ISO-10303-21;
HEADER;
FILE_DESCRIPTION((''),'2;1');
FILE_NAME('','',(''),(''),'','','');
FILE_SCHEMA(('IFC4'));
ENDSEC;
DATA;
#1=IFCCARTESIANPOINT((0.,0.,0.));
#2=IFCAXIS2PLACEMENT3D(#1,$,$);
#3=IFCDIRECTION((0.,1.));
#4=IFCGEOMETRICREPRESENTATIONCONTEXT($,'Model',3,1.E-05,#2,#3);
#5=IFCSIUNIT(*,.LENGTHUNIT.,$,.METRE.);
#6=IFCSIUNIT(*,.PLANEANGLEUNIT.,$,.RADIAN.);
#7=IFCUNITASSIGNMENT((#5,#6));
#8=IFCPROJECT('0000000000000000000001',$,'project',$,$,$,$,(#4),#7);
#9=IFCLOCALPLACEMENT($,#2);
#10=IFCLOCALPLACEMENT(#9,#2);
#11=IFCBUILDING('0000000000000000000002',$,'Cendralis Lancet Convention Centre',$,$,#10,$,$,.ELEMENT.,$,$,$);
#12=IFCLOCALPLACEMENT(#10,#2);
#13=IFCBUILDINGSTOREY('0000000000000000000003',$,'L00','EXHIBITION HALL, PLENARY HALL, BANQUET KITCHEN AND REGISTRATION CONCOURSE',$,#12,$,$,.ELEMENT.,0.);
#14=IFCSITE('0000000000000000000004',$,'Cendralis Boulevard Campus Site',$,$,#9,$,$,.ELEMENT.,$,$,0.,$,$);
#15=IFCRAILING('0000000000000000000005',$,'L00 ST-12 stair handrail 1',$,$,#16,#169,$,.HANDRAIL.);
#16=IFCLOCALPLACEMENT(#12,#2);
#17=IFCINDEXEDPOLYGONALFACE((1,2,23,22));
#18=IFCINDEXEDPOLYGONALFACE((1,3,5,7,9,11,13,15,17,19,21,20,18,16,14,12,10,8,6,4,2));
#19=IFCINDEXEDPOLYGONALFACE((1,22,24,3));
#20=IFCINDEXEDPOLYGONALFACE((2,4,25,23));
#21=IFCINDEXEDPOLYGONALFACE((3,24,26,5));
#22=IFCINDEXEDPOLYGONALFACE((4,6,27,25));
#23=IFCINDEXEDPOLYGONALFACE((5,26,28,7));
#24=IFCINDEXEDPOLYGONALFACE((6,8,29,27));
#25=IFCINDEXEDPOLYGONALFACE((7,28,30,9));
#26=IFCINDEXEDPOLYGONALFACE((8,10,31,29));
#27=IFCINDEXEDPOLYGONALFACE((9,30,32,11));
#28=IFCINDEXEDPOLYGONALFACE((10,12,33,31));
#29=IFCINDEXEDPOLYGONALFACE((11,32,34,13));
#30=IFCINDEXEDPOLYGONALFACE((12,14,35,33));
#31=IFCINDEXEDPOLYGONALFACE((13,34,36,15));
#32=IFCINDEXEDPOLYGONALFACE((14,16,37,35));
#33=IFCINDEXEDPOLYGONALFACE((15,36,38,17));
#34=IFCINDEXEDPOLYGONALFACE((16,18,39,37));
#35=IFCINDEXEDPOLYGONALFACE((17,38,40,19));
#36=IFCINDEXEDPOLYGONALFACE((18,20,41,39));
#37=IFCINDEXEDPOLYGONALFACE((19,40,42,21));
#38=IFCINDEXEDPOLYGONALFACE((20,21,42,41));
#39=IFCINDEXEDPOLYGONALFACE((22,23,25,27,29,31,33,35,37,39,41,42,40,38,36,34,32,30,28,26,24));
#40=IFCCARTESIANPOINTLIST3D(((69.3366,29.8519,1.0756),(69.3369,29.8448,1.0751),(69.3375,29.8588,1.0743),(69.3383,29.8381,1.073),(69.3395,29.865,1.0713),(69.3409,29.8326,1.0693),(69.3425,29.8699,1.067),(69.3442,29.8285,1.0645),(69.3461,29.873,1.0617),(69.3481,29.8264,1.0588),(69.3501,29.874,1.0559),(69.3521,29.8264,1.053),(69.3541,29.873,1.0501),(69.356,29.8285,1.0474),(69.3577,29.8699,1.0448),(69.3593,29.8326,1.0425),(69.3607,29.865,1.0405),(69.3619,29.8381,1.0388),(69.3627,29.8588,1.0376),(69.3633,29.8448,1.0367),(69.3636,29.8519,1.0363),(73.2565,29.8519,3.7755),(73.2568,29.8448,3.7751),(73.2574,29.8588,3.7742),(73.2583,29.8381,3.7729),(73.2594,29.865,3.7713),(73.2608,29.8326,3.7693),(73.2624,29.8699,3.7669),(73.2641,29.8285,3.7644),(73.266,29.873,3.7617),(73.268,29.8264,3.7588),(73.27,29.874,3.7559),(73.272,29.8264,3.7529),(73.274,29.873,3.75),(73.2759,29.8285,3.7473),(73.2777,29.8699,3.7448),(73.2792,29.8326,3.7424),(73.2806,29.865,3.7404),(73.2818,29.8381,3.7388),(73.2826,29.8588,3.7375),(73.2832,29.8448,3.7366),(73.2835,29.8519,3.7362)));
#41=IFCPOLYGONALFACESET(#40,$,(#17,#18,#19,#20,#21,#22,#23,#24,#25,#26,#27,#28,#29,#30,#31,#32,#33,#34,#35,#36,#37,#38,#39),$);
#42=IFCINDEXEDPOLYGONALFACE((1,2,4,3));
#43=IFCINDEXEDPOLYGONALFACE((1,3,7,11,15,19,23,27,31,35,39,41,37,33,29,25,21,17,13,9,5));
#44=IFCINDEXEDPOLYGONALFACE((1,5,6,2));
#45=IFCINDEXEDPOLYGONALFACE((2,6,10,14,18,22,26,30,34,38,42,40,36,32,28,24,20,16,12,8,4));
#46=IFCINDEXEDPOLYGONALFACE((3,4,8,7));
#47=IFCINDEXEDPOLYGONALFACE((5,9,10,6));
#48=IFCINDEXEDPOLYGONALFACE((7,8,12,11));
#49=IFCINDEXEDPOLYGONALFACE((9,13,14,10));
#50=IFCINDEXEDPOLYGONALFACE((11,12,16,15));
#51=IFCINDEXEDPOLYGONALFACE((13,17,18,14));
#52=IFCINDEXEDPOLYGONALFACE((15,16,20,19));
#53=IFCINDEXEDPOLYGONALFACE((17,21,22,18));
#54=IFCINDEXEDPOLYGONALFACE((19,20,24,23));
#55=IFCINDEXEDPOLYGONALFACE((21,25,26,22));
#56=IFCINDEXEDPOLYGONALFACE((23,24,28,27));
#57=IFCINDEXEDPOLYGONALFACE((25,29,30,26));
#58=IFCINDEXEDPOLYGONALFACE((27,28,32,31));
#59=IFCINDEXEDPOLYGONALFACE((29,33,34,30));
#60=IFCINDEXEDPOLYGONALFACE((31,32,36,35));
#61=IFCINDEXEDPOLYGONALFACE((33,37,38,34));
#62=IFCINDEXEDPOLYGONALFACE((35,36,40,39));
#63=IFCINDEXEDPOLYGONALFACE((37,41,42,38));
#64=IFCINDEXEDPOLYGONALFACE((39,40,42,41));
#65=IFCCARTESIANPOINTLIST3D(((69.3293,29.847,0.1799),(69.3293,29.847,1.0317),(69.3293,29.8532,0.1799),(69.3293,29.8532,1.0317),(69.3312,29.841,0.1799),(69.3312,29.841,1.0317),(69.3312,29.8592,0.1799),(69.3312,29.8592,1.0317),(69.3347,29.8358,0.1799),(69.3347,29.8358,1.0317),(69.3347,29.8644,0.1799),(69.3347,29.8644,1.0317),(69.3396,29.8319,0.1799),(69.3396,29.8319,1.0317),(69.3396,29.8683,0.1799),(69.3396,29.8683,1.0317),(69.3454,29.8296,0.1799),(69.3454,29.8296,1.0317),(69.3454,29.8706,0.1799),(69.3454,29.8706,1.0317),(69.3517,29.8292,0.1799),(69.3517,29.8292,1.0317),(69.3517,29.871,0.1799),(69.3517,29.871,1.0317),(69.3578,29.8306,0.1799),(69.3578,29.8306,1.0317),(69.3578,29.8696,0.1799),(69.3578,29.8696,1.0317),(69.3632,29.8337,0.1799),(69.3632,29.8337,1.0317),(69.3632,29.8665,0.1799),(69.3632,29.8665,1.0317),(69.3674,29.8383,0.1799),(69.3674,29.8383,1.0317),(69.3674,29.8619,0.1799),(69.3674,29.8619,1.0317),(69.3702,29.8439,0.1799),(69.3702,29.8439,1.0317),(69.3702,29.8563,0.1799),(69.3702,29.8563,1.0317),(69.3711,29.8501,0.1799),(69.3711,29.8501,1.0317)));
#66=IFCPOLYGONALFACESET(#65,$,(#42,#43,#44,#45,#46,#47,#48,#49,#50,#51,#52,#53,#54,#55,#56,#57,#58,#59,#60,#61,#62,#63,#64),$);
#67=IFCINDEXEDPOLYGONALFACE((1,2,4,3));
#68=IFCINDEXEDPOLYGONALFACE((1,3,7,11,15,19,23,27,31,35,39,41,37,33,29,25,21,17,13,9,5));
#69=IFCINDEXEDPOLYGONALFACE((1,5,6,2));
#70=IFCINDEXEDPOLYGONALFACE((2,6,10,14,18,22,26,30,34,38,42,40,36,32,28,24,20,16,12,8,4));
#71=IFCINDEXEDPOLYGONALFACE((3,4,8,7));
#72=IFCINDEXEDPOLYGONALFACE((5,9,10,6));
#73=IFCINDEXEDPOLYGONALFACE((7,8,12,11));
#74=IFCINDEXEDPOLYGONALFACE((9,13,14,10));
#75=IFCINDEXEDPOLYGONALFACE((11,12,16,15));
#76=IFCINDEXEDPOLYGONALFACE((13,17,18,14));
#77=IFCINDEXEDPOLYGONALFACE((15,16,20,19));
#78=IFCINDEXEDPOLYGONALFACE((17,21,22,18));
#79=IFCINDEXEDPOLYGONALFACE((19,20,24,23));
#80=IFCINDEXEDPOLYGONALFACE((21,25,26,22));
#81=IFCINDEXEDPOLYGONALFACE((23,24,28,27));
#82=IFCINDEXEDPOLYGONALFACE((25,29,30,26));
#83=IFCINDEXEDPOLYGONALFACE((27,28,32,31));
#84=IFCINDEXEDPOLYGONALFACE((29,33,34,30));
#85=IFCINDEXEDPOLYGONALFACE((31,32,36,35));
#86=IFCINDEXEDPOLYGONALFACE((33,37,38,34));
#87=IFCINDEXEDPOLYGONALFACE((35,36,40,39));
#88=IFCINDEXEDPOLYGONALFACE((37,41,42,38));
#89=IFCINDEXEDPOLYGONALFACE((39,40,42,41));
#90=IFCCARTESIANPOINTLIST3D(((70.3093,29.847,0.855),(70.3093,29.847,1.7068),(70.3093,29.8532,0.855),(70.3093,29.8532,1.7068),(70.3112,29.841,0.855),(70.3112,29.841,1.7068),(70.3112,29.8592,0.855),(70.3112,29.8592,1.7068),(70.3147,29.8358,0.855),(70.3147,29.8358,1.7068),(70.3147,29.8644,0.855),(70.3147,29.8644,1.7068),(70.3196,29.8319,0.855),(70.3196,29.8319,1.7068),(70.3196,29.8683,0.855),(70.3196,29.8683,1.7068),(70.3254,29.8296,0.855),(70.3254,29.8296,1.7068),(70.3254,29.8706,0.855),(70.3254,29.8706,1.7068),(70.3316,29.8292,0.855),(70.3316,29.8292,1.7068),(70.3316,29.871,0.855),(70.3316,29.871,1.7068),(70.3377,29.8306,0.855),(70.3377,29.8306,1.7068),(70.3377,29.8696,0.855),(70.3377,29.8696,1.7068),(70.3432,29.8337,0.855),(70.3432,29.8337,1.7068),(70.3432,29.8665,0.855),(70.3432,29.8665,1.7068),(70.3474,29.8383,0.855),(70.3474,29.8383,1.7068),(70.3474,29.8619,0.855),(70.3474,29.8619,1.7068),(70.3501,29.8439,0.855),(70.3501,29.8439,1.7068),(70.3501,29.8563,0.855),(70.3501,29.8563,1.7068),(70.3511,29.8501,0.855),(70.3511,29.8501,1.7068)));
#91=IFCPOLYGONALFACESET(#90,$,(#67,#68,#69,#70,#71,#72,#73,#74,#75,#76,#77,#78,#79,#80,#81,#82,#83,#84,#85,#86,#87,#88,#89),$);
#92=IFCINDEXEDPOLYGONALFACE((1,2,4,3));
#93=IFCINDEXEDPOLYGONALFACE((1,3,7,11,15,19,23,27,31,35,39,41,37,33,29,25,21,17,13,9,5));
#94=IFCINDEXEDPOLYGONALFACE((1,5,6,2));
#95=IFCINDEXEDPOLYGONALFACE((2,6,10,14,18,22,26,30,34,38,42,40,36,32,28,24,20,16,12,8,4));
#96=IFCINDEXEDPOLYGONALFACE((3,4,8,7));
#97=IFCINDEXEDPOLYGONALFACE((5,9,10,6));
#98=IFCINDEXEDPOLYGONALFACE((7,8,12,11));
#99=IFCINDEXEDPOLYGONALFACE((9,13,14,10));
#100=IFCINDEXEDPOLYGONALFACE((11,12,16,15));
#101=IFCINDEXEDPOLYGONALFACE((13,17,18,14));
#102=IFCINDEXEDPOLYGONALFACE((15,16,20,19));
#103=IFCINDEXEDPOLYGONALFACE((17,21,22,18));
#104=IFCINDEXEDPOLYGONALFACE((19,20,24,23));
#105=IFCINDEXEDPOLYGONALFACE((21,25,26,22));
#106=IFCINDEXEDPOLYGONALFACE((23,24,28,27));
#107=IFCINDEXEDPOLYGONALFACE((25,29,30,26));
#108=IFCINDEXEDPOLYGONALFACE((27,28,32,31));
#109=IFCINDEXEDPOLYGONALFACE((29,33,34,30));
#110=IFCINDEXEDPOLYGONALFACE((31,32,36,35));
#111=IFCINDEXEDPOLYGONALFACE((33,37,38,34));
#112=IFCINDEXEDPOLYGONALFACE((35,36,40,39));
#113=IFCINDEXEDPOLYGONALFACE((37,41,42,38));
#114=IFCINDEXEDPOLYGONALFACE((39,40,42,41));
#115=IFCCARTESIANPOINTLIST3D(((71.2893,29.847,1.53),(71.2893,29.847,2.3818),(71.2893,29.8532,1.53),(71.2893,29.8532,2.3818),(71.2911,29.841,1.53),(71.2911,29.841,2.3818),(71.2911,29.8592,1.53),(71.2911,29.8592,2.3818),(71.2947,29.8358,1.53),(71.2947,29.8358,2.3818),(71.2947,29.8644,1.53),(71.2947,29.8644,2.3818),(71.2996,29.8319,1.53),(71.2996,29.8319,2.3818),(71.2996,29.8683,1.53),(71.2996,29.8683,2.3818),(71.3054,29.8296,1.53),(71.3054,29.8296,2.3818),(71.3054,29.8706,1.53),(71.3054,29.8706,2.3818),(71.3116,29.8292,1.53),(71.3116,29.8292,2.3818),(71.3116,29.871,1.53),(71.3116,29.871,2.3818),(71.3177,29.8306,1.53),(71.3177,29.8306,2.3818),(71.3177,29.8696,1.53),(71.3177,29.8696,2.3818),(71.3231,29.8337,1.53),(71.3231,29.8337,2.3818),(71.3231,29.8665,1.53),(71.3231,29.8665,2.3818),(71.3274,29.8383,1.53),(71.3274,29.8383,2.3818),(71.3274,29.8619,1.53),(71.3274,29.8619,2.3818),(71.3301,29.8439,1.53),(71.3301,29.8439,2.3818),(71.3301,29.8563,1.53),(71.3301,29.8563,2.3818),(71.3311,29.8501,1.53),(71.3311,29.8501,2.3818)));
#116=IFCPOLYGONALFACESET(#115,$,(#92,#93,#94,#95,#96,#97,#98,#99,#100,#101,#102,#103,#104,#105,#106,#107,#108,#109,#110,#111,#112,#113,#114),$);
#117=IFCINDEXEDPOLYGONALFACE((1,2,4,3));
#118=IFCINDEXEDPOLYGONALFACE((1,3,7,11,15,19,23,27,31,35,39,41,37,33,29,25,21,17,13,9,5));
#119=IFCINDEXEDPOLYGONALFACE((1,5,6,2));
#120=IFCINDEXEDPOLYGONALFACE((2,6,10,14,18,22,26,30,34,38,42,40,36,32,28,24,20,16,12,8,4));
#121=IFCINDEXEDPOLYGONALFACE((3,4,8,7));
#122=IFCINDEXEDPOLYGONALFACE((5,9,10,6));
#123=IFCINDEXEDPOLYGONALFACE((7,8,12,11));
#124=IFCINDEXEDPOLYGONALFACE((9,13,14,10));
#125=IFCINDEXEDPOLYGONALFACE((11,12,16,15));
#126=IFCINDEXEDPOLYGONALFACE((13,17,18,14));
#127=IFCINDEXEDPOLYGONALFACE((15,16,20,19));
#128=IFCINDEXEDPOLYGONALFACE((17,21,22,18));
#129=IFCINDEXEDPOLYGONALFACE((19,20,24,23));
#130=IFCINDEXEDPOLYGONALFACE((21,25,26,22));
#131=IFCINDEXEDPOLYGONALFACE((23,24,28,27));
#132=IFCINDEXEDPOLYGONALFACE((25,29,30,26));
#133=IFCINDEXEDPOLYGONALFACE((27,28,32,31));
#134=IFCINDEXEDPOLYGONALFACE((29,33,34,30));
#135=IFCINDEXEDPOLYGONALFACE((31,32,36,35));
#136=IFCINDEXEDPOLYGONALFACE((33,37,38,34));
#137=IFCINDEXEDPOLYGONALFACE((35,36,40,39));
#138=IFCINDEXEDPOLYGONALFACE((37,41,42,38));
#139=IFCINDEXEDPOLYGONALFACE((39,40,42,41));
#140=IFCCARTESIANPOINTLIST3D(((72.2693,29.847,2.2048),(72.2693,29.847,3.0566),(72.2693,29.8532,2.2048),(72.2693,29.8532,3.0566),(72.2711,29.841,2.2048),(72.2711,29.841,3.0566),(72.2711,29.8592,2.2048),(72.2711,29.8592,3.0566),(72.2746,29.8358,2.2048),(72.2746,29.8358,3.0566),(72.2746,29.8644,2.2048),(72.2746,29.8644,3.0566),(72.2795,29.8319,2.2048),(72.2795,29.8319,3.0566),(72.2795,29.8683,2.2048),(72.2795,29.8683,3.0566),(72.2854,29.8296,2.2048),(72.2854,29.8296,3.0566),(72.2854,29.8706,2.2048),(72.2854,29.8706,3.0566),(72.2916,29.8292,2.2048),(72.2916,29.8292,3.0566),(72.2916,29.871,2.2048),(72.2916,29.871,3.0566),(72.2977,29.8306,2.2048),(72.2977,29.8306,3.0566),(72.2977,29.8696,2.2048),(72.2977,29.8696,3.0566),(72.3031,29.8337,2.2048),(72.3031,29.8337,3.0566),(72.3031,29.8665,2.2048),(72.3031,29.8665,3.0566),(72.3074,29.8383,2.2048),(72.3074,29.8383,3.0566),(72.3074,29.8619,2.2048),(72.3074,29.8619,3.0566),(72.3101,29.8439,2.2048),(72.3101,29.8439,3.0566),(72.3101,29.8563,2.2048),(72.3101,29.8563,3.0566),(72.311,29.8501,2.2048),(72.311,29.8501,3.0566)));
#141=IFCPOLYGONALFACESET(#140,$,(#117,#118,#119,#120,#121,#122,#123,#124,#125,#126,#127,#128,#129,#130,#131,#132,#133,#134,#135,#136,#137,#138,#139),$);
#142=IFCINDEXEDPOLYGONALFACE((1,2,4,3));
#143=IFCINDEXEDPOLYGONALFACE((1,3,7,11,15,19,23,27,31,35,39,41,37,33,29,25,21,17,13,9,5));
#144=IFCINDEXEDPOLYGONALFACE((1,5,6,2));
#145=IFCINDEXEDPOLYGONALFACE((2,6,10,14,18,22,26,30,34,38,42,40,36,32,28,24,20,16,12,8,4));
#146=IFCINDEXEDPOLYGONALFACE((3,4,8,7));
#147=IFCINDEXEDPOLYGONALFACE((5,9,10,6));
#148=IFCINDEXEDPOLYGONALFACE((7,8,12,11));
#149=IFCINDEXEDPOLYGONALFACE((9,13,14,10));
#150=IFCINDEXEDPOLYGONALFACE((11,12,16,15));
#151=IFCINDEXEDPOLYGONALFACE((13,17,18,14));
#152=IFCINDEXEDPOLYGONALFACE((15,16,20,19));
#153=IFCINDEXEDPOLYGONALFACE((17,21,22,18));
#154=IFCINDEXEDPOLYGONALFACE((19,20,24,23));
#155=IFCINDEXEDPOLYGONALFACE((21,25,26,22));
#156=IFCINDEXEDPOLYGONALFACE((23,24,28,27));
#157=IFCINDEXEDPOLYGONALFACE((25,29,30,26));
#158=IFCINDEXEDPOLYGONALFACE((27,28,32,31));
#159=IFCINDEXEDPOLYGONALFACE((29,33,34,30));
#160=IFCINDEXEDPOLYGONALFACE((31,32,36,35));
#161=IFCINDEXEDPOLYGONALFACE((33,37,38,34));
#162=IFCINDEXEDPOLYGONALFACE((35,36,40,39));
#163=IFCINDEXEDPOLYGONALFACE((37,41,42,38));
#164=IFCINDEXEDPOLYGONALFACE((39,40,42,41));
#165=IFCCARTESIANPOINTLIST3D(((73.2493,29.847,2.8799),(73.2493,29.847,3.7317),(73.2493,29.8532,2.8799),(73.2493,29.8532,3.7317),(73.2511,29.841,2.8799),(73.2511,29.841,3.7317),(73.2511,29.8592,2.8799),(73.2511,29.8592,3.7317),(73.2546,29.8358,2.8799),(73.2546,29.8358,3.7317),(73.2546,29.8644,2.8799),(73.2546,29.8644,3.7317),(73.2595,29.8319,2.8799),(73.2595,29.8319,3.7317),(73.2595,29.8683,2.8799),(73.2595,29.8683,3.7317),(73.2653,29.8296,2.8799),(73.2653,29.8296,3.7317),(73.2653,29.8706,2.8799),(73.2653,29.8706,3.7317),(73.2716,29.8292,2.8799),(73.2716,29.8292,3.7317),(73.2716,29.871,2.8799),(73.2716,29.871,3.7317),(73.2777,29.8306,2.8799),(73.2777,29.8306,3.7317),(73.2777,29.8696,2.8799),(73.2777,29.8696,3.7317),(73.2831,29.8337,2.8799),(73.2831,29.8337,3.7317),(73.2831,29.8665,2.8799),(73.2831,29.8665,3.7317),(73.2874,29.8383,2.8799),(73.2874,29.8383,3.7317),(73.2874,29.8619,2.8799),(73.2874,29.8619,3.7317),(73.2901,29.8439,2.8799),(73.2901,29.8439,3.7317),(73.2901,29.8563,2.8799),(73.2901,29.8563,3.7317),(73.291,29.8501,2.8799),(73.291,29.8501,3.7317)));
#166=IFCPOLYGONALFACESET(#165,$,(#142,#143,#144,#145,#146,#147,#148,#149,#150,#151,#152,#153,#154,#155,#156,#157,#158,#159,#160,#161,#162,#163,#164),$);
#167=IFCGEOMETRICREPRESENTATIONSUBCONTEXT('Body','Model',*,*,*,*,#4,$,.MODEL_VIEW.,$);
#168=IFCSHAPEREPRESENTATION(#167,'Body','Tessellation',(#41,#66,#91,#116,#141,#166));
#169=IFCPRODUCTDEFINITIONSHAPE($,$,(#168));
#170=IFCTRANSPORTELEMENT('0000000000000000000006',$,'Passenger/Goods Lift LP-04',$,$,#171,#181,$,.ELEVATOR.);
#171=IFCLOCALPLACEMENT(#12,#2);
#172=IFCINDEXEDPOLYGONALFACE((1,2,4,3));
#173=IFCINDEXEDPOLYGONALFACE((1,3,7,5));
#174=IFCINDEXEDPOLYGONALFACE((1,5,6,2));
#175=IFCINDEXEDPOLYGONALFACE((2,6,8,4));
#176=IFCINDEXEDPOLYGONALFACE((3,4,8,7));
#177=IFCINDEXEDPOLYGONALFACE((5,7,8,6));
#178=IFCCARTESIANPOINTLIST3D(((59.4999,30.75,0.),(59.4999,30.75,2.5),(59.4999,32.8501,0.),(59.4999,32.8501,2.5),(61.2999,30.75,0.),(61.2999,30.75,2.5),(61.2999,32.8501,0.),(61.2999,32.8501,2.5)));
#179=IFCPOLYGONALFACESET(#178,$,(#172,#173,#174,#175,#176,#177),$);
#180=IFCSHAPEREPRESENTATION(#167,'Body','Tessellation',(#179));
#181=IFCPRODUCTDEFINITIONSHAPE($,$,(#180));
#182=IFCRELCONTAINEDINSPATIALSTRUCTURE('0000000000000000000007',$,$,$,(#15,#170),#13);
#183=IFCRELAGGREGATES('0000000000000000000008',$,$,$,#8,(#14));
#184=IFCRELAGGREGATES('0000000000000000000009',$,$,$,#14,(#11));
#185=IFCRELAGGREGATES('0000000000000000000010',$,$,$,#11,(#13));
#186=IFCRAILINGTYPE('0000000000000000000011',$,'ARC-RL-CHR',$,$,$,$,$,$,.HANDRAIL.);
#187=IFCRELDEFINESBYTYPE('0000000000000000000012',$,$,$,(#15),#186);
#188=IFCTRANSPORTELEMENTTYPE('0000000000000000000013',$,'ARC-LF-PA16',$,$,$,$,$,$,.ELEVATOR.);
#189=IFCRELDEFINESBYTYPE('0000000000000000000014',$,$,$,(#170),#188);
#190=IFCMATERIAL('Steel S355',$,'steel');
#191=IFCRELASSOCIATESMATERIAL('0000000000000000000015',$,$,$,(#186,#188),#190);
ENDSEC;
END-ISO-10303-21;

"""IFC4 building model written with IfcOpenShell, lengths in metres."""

from ifc_helpers import new_model, si_unit, direction, frame, origin, origin_2d, place, context, subcontext, project, spatial, rectangle, circle, extrude, material, type_object, element, save


model = new_model("IFC4")

# Units and contexts
model_context = context("Model", 3, precision=1e-05, world=origin(), true_north=direction((0.0, 1.0)))
body_context = subcontext(model_context, "Body", "Model", "MODEL_VIEW")
ifc_project = project(units=[si_unit("LENGTHUNIT", "METRE"), si_unit("PLANEANGLEUNIT", "RADIAN")], contexts=[model_context])

# Site, building, storey
site_placement = place(None, origin())
site = spatial("IfcSite", under=ifc_project, at=site_placement, Name="Cendralis Boulevard Campus Site", CompositionType="ELEMENT", RefElevation=0.0)
building_placement = place(site_placement, origin())
building = spatial("IfcBuilding", under=site, at=building_placement, Name="Cendralis Lancet Convention Centre", CompositionType="ELEMENT")
storey_placement = place(building_placement, origin())
storey = spatial("IfcBuildingStorey", under=building, at=storey_placement, Name="L00", Description="EXHIBITION HALL, PLENARY HALL, BANQUET KITCHEN AND REGISTRATION CONCOURSE", CompositionType="ELEMENT", Elevation=0.0)

# Shared definitions
ifc_material_1 = material(Name="Steel S355", Category="steel")

# Railing
railing_type_1 = type_object("IfcRailingType", Name="ARC-RL-CHR", PredefinedType="HANDRAIL", material=ifc_material_1)
railing_1_placement = place(storey_placement, frame((69.3501, 29.8501, 0.1799)))
element("IfcRailing", 1, at=railing_1_placement, inside=storey, type_object=railing_type_1, Name="L00 ST-12 stair handrail 1", PredefinedType="HANDRAIL", context=body_context, shape_type="SweptSolid", body=[
    extrude(circle(Radius=0.0239, at=origin_2d()), frame((0.0, 0.0, 0.876), z_axis=(0.823551, 0.0, 0.567243), x_axis=(0.0, 1.0, 0.0)), (0.0, 0.0, 1.0), 4.7598),
    extrude(circle(Radius=0.021, at=origin_2d()), origin(), (0.0, 0.0, 1.0), 0.8518),
    extrude(circle(Radius=0.021, at=origin_2d()), frame((0.98, 0.0, 0.675)), (0.0, 0.0, 1.0), 0.8518),
    extrude(circle(Radius=0.021, at=origin_2d()), frame((1.96, 0.0, 1.3501)), (0.0, 0.0, 1.0), 0.8518),
    extrude(circle(Radius=0.021, at=origin_2d()), frame((2.9399, 0.0, 2.0249)), (0.0, 0.0, 1.0), 0.8518),
    extrude(circle(Radius=0.021, at=origin_2d()), frame((3.9199, 0.0, 2.7)), (0.0, 0.0, 1.0), 0.8518),
])

# Transport element
transport_element_type = type_object("IfcTransportElementType", Name="ARC-LF-PA16", PredefinedType="ELEVATOR", material=ifc_material_1)
transport_element_placement = place(storey_placement, frame((60.3999, 31.8, 0.0), z_axis=(0.0, 0.0, 1.0), x_axis=(1.0, 0.0, 0.0)))
element("IfcTransportElement", 2, at=transport_element_placement, inside=storey, type_object=transport_element_type, Name="Passenger/Goods Lift LP-04", PredefinedType="ELEVATOR", context=body_context, shape_type="SweptSolid", body=[
    extrude(rectangle(XDim=1.8, YDim=2.1001, at=origin_2d()), origin(), (0.0, 0.0, 1.0), 2.5),
])

save(model, "model.ifc")
